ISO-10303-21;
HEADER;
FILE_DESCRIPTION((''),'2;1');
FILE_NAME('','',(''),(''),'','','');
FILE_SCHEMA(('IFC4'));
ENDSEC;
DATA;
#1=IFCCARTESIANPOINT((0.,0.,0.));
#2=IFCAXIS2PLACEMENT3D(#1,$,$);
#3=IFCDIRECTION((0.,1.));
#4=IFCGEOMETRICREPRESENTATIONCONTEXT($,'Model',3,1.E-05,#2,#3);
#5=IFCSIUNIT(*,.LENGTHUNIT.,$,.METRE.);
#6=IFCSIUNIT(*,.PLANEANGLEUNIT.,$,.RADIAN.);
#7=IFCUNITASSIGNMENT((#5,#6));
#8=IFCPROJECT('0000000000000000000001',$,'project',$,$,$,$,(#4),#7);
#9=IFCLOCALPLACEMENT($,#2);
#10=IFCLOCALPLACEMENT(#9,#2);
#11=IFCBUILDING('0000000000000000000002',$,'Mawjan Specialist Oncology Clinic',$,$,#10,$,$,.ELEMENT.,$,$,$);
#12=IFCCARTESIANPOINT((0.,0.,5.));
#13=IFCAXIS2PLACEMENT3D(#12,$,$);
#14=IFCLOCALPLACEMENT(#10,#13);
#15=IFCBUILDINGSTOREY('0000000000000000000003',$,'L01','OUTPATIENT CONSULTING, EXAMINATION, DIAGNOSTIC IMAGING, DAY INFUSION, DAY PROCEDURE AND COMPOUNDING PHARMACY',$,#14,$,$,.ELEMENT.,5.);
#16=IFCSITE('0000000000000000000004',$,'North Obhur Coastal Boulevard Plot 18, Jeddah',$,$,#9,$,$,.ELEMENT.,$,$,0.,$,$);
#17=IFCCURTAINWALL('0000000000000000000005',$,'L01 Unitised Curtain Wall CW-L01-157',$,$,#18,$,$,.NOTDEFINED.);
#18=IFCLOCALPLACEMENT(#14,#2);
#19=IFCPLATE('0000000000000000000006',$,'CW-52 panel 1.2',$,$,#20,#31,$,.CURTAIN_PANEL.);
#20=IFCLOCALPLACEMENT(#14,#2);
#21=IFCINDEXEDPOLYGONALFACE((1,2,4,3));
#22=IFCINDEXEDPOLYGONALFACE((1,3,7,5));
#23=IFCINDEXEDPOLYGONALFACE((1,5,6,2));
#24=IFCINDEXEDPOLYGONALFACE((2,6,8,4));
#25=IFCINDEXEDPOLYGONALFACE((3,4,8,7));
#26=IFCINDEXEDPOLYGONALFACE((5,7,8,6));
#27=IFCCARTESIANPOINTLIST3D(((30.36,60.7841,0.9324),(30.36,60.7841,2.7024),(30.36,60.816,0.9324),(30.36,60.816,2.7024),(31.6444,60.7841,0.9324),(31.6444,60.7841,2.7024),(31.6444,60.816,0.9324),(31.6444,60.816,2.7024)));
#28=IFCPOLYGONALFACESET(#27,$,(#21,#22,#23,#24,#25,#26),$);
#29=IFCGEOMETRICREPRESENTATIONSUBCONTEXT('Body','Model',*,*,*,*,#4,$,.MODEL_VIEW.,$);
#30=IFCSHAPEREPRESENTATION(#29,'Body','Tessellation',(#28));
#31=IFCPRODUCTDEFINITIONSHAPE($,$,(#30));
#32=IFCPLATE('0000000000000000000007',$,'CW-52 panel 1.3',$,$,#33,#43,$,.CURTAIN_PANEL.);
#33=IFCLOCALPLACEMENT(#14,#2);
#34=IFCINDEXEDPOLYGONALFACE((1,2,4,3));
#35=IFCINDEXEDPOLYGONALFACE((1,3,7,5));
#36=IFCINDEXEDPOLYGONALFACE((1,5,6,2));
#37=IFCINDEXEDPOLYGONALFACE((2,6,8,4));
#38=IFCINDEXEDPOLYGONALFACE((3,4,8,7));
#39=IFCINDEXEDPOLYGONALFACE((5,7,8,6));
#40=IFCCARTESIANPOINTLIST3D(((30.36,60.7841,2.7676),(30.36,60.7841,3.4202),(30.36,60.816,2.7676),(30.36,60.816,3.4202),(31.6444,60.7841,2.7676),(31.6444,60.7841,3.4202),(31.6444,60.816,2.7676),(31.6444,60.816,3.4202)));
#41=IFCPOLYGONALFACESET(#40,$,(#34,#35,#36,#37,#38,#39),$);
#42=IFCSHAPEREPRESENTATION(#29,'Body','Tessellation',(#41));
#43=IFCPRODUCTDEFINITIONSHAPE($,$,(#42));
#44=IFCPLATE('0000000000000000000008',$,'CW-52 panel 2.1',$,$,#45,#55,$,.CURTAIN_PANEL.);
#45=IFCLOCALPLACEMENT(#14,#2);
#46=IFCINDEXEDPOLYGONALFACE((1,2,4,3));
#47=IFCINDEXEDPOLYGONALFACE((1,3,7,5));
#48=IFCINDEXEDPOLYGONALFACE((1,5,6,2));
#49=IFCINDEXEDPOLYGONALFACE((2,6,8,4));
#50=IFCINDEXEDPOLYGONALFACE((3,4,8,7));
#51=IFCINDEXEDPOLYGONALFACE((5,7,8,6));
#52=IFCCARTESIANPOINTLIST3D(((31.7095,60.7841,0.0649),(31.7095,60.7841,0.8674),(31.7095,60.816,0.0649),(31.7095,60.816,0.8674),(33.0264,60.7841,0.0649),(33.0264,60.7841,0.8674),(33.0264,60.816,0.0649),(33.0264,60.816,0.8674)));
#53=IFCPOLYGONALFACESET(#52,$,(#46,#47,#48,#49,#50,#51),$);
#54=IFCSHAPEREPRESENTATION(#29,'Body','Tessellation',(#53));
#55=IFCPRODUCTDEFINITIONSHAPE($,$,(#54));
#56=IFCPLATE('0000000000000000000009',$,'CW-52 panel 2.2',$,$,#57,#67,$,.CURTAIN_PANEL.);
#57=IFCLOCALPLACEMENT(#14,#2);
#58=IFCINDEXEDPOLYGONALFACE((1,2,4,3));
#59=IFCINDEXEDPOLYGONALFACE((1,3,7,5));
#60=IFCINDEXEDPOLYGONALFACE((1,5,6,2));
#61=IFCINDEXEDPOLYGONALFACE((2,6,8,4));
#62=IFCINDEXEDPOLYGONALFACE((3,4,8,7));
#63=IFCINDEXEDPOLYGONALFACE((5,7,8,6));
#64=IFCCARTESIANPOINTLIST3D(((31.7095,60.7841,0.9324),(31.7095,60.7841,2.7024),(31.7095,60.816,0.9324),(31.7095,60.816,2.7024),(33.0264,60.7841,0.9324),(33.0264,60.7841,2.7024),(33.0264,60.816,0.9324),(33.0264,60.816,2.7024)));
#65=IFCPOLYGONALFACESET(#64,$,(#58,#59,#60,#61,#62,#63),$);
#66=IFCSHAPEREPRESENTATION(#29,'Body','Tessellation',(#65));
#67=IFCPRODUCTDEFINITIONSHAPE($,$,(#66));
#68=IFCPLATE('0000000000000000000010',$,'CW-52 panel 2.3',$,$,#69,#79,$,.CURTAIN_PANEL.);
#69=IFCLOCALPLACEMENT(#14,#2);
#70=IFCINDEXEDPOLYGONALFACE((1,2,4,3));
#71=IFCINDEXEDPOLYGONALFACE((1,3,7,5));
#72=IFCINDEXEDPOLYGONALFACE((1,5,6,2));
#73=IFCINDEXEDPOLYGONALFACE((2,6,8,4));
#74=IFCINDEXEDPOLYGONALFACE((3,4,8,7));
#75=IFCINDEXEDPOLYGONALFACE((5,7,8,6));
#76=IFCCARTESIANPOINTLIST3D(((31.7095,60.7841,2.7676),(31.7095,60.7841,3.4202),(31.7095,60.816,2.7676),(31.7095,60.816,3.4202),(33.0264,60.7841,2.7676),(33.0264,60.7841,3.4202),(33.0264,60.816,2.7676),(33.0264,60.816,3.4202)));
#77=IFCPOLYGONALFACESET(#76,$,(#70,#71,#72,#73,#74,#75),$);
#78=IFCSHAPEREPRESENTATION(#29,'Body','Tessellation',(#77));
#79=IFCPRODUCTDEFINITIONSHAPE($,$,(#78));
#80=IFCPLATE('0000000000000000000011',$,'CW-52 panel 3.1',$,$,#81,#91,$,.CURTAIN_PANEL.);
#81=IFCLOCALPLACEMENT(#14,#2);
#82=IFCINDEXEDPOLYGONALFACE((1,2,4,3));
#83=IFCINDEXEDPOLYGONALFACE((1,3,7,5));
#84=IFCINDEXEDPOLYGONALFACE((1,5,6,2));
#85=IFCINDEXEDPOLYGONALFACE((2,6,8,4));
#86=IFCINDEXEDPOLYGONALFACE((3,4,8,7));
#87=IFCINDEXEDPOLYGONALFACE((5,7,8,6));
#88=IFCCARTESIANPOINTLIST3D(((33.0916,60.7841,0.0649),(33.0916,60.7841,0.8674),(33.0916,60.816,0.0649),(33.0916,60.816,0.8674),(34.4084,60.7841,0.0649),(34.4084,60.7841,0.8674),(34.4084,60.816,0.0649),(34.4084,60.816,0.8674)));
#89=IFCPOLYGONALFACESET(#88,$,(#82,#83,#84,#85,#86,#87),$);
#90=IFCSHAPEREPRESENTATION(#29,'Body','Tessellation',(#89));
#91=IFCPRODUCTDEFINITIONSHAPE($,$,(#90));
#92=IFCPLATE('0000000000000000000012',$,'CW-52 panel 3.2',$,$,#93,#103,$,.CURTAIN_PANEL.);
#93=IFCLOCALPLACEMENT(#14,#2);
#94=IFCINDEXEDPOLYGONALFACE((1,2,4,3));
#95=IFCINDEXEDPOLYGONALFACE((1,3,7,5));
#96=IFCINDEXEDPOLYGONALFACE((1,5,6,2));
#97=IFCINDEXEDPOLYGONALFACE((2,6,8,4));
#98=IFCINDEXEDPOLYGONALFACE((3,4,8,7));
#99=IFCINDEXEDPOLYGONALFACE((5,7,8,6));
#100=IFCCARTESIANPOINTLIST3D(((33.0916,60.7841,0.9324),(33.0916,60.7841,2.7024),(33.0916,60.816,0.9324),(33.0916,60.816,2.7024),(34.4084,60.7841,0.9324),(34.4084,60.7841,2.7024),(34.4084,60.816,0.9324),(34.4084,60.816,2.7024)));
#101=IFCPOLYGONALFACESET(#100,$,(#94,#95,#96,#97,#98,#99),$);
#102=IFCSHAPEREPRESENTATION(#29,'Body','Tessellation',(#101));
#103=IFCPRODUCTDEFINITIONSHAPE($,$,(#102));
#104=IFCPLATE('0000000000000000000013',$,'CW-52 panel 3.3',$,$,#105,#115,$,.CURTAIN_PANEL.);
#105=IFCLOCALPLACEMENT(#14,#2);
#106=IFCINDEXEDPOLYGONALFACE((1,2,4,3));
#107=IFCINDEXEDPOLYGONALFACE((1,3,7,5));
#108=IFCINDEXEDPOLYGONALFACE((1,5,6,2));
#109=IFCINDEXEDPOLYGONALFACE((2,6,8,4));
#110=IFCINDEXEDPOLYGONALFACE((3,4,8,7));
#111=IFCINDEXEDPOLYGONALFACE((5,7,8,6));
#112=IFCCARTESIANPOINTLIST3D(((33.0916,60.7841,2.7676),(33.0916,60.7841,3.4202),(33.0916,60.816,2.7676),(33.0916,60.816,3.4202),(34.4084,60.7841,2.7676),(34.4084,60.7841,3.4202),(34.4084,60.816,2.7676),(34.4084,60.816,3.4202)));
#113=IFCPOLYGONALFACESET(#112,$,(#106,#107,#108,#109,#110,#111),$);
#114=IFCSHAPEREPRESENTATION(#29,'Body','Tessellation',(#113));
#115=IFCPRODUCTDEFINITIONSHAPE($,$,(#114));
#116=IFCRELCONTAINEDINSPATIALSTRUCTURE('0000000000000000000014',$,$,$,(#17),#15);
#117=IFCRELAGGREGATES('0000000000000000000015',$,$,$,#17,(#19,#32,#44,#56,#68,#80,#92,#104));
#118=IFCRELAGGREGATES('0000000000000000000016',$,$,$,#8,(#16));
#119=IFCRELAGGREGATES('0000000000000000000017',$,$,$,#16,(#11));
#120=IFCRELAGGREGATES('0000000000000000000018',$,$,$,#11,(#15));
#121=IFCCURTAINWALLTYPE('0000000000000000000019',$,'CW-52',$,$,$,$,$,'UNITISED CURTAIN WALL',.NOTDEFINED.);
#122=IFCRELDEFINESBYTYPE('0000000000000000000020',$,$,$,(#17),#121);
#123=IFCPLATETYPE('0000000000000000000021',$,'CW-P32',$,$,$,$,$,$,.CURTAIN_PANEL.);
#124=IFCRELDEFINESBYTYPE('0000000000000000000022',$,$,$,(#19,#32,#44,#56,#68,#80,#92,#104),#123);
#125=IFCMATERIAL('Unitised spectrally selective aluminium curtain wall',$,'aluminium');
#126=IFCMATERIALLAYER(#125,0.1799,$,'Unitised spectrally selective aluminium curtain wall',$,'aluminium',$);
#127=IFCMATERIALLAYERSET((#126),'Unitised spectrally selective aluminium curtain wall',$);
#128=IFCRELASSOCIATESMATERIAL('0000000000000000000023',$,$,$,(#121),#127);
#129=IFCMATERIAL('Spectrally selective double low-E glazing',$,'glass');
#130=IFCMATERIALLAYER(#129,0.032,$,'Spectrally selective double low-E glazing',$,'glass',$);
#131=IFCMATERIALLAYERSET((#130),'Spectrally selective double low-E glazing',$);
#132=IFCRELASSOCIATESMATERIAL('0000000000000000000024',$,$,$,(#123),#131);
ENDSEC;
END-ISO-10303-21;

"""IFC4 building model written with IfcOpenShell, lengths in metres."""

from ifc_helpers import new_model, si_unit, direction, frame, origin, origin_2d, place, context, subcontext, project, spatial, rectangle, extrude, material, layer, layer_set, type_object, element, aggregate, save


model = new_model("IFC4")

# Units and contexts
model_context = context("Model", 3, precision=1e-05, world=origin(), true_north=direction((0.0, 1.0)))
body_context = subcontext(model_context, "Body", "Model", "MODEL_VIEW")
ifc_project = project(units=[si_unit("LENGTHUNIT", "METRE"), si_unit("PLANEANGLEUNIT", "RADIAN")], contexts=[model_context])

# Site, building, storey
site_placement = place(None, origin())
site = spatial("IfcSite", under=ifc_project, at=site_placement, Name="North Obhur Coastal Boulevard Plot 18, Jeddah", CompositionType="ELEMENT", RefElevation=0.0)
building_placement = place(site_placement, origin())
building = spatial("IfcBuilding", under=site, at=building_placement, Name="Mawjan Specialist Oncology Clinic", CompositionType="ELEMENT")
storey_placement = place(building_placement, frame((0.0, 0.0, 5.0)))
storey = spatial("IfcBuildingStorey", under=building, at=storey_placement, Name="L01", Description="OUTPATIENT CONSULTING, EXAMINATION, DIAGNOSTIC IMAGING, DAY INFUSION, DAY PROCEDURE AND COMPOUNDING PHARMACY", CompositionType="ELEMENT", Elevation=5.0)

# Curtain wall, plates
ifc_material_1 = material(Name="Unitised spectrally selective aluminium curtain wall", Category="aluminium")
ifc_layer_1 = layer(ifc_material_1, 0.1799, Name="Unitised spectrally selective aluminium curtain wall", Category="aluminium")
ifc_layer_set_1 = layer_set([ifc_layer_1], Name="Unitised spectrally selective aluminium curtain wall")
curtain_wall_type = type_object("IfcCurtainWallType", Name="CW-52", ElementType="UNITISED CURTAIN WALL", PredefinedType="NOTDEFINED", material=ifc_layer_set_1)
curtain_wall_placement = place(storey_placement, origin())
curtain_wall = element("IfcCurtainWall", 1, at=curtain_wall_placement, inside=storey, type_object=curtain_wall_type, Name="L01 Unitised Curtain Wall CW-L01-157", PredefinedType="NOTDEFINED")
ifc_material_2 = material(Name="Spectrally selective double low-E glazing", Category="glass")
ifc_layer_2 = layer(ifc_material_2, 0.032, Name="Spectrally selective double low-E glazing", Category="glass")
ifc_layer_set_2 = layer_set([ifc_layer_2], Name="Spectrally selective double low-E glazing")
plate_type = type_object("IfcPlateType", Name="CW-P32", PredefinedType="CURTAIN_PANEL", material=ifc_layer_set_2)
plate_1_placement = place(storey_placement, frame((31.0022, 60.8, 0.9324), z_axis=(0.0, 0.0, 1.0), x_axis=(1.0, 0.0, 0.0)))
plate_1 = element("IfcPlate", 2, at=plate_1_placement, type_object=plate_type, Name="CW-52 panel 1.2", PredefinedType="CURTAIN_PANEL", context=body_context, shape_type="SweptSolid", body=[
    extrude(rectangle(XDim=1.2844, YDim=0.032, at=origin_2d()), origin(), (0.0, 0.0, 1.0), 1.77),
])
plate_2_placement = place(storey_placement, frame((31.0022, 60.8, 2.7676), z_axis=(0.0, 0.0, 1.0), x_axis=(1.0, 0.0, 0.0)))
plate_2 = element("IfcPlate", 3, at=plate_2_placement, type_object=plate_type, Name="CW-52 panel 1.3", PredefinedType="CURTAIN_PANEL", context=body_context, shape_type="SweptSolid", body=[
    extrude(rectangle(XDim=1.2844, YDim=0.032, at=origin_2d()), origin(), (0.0, 0.0, 1.0), 0.6526),
])
plate_3_placement = place(storey_placement, frame((32.3679, 60.8, 0.0649), z_axis=(0.0, 0.0, 1.0), x_axis=(1.0, 0.0, 0.0)))
plate_3 = element("IfcPlate", 4, at=plate_3_placement, type_object=plate_type, Name="CW-52 panel 2.1", PredefinedType="CURTAIN_PANEL", context=body_context, shape_type="SweptSolid", body=[
    extrude(rectangle(XDim=1.3169, YDim=0.032, at=origin_2d()), origin(), (0.0, 0.0, 1.0), 0.8025),
])
plate_4_placement = place(storey_placement, frame((32.3679, 60.8, 0.9324), z_axis=(0.0, 0.0, 1.0), x_axis=(1.0, 0.0, 0.0)))
plate_4 = element("IfcPlate", 5, at=plate_4_placement, type_object=plate_type, Name="CW-52 panel 2.2", PredefinedType="CURTAIN_PANEL", context=body_context, shape_type="SweptSolid", body=[
    extrude(rectangle(XDim=1.3169, YDim=0.032, at=origin_2d()), origin(), (0.0, 0.0, 1.0), 1.77),
])
plate_5_placement = place(storey_placement, frame((32.3679, 60.8, 2.7676), z_axis=(0.0, 0.0, 1.0), x_axis=(1.0, 0.0, 0.0)))
plate_5 = element("IfcPlate", 6, at=plate_5_placement, type_object=plate_type, Name="CW-52 panel 2.3", PredefinedType="CURTAIN_PANEL", context=body_context, shape_type="SweptSolid", body=[
    extrude(rectangle(XDim=1.3169, YDim=0.032, at=origin_2d()), origin(), (0.0, 0.0, 1.0), 0.6526),
])
plate_6_placement = place(storey_placement, frame((33.75, 60.8, 0.0649), z_axis=(0.0, 0.0, 1.0), x_axis=(1.0, 0.0, 0.0)))
plate_6 = element("IfcPlate", 7, at=plate_6_placement, type_object=plate_type, Name="CW-52 panel 3.1", PredefinedType="CURTAIN_PANEL", context=body_context, shape_type="SweptSolid", body=[
    extrude(rectangle(XDim=1.3169, YDim=0.032, at=origin_2d()), origin(), (0.0, 0.0, 1.0), 0.8025),
])
plate_7_placement = place(storey_placement, frame((33.75, 60.8, 0.9324), z_axis=(0.0, 0.0, 1.0), x_axis=(1.0, 0.0, 0.0)))
plate_7 = element("IfcPlate", 8, at=plate_7_placement, type_object=plate_type, Name="CW-52 panel 3.2", PredefinedType="CURTAIN_PANEL", context=body_context, shape_type="SweptSolid", body=[
    extrude(rectangle(XDim=1.3169, YDim=0.032, at=origin_2d()), origin(), (0.0, 0.0, 1.0), 1.77),
])
plate_8_placement = place(storey_placement, frame((33.75, 60.8, 2.7676), z_axis=(0.0, 0.0, 1.0), x_axis=(1.0, 0.0, 0.0)))
plate_8 = element("IfcPlate", 9, at=plate_8_placement, type_object=plate_type, Name="CW-52 panel 3.3", PredefinedType="CURTAIN_PANEL", context=body_context, shape_type="SweptSolid", body=[
    extrude(rectangle(XDim=1.3169, YDim=0.032, at=origin_2d()), origin(), (0.0, 0.0, 1.0), 0.6526),
])
aggregate(curtain_wall, [plate_1, plate_2, plate_3, plate_4, plate_5, plate_6, plate_7, plate_8])

save(model, "model.ifc")
